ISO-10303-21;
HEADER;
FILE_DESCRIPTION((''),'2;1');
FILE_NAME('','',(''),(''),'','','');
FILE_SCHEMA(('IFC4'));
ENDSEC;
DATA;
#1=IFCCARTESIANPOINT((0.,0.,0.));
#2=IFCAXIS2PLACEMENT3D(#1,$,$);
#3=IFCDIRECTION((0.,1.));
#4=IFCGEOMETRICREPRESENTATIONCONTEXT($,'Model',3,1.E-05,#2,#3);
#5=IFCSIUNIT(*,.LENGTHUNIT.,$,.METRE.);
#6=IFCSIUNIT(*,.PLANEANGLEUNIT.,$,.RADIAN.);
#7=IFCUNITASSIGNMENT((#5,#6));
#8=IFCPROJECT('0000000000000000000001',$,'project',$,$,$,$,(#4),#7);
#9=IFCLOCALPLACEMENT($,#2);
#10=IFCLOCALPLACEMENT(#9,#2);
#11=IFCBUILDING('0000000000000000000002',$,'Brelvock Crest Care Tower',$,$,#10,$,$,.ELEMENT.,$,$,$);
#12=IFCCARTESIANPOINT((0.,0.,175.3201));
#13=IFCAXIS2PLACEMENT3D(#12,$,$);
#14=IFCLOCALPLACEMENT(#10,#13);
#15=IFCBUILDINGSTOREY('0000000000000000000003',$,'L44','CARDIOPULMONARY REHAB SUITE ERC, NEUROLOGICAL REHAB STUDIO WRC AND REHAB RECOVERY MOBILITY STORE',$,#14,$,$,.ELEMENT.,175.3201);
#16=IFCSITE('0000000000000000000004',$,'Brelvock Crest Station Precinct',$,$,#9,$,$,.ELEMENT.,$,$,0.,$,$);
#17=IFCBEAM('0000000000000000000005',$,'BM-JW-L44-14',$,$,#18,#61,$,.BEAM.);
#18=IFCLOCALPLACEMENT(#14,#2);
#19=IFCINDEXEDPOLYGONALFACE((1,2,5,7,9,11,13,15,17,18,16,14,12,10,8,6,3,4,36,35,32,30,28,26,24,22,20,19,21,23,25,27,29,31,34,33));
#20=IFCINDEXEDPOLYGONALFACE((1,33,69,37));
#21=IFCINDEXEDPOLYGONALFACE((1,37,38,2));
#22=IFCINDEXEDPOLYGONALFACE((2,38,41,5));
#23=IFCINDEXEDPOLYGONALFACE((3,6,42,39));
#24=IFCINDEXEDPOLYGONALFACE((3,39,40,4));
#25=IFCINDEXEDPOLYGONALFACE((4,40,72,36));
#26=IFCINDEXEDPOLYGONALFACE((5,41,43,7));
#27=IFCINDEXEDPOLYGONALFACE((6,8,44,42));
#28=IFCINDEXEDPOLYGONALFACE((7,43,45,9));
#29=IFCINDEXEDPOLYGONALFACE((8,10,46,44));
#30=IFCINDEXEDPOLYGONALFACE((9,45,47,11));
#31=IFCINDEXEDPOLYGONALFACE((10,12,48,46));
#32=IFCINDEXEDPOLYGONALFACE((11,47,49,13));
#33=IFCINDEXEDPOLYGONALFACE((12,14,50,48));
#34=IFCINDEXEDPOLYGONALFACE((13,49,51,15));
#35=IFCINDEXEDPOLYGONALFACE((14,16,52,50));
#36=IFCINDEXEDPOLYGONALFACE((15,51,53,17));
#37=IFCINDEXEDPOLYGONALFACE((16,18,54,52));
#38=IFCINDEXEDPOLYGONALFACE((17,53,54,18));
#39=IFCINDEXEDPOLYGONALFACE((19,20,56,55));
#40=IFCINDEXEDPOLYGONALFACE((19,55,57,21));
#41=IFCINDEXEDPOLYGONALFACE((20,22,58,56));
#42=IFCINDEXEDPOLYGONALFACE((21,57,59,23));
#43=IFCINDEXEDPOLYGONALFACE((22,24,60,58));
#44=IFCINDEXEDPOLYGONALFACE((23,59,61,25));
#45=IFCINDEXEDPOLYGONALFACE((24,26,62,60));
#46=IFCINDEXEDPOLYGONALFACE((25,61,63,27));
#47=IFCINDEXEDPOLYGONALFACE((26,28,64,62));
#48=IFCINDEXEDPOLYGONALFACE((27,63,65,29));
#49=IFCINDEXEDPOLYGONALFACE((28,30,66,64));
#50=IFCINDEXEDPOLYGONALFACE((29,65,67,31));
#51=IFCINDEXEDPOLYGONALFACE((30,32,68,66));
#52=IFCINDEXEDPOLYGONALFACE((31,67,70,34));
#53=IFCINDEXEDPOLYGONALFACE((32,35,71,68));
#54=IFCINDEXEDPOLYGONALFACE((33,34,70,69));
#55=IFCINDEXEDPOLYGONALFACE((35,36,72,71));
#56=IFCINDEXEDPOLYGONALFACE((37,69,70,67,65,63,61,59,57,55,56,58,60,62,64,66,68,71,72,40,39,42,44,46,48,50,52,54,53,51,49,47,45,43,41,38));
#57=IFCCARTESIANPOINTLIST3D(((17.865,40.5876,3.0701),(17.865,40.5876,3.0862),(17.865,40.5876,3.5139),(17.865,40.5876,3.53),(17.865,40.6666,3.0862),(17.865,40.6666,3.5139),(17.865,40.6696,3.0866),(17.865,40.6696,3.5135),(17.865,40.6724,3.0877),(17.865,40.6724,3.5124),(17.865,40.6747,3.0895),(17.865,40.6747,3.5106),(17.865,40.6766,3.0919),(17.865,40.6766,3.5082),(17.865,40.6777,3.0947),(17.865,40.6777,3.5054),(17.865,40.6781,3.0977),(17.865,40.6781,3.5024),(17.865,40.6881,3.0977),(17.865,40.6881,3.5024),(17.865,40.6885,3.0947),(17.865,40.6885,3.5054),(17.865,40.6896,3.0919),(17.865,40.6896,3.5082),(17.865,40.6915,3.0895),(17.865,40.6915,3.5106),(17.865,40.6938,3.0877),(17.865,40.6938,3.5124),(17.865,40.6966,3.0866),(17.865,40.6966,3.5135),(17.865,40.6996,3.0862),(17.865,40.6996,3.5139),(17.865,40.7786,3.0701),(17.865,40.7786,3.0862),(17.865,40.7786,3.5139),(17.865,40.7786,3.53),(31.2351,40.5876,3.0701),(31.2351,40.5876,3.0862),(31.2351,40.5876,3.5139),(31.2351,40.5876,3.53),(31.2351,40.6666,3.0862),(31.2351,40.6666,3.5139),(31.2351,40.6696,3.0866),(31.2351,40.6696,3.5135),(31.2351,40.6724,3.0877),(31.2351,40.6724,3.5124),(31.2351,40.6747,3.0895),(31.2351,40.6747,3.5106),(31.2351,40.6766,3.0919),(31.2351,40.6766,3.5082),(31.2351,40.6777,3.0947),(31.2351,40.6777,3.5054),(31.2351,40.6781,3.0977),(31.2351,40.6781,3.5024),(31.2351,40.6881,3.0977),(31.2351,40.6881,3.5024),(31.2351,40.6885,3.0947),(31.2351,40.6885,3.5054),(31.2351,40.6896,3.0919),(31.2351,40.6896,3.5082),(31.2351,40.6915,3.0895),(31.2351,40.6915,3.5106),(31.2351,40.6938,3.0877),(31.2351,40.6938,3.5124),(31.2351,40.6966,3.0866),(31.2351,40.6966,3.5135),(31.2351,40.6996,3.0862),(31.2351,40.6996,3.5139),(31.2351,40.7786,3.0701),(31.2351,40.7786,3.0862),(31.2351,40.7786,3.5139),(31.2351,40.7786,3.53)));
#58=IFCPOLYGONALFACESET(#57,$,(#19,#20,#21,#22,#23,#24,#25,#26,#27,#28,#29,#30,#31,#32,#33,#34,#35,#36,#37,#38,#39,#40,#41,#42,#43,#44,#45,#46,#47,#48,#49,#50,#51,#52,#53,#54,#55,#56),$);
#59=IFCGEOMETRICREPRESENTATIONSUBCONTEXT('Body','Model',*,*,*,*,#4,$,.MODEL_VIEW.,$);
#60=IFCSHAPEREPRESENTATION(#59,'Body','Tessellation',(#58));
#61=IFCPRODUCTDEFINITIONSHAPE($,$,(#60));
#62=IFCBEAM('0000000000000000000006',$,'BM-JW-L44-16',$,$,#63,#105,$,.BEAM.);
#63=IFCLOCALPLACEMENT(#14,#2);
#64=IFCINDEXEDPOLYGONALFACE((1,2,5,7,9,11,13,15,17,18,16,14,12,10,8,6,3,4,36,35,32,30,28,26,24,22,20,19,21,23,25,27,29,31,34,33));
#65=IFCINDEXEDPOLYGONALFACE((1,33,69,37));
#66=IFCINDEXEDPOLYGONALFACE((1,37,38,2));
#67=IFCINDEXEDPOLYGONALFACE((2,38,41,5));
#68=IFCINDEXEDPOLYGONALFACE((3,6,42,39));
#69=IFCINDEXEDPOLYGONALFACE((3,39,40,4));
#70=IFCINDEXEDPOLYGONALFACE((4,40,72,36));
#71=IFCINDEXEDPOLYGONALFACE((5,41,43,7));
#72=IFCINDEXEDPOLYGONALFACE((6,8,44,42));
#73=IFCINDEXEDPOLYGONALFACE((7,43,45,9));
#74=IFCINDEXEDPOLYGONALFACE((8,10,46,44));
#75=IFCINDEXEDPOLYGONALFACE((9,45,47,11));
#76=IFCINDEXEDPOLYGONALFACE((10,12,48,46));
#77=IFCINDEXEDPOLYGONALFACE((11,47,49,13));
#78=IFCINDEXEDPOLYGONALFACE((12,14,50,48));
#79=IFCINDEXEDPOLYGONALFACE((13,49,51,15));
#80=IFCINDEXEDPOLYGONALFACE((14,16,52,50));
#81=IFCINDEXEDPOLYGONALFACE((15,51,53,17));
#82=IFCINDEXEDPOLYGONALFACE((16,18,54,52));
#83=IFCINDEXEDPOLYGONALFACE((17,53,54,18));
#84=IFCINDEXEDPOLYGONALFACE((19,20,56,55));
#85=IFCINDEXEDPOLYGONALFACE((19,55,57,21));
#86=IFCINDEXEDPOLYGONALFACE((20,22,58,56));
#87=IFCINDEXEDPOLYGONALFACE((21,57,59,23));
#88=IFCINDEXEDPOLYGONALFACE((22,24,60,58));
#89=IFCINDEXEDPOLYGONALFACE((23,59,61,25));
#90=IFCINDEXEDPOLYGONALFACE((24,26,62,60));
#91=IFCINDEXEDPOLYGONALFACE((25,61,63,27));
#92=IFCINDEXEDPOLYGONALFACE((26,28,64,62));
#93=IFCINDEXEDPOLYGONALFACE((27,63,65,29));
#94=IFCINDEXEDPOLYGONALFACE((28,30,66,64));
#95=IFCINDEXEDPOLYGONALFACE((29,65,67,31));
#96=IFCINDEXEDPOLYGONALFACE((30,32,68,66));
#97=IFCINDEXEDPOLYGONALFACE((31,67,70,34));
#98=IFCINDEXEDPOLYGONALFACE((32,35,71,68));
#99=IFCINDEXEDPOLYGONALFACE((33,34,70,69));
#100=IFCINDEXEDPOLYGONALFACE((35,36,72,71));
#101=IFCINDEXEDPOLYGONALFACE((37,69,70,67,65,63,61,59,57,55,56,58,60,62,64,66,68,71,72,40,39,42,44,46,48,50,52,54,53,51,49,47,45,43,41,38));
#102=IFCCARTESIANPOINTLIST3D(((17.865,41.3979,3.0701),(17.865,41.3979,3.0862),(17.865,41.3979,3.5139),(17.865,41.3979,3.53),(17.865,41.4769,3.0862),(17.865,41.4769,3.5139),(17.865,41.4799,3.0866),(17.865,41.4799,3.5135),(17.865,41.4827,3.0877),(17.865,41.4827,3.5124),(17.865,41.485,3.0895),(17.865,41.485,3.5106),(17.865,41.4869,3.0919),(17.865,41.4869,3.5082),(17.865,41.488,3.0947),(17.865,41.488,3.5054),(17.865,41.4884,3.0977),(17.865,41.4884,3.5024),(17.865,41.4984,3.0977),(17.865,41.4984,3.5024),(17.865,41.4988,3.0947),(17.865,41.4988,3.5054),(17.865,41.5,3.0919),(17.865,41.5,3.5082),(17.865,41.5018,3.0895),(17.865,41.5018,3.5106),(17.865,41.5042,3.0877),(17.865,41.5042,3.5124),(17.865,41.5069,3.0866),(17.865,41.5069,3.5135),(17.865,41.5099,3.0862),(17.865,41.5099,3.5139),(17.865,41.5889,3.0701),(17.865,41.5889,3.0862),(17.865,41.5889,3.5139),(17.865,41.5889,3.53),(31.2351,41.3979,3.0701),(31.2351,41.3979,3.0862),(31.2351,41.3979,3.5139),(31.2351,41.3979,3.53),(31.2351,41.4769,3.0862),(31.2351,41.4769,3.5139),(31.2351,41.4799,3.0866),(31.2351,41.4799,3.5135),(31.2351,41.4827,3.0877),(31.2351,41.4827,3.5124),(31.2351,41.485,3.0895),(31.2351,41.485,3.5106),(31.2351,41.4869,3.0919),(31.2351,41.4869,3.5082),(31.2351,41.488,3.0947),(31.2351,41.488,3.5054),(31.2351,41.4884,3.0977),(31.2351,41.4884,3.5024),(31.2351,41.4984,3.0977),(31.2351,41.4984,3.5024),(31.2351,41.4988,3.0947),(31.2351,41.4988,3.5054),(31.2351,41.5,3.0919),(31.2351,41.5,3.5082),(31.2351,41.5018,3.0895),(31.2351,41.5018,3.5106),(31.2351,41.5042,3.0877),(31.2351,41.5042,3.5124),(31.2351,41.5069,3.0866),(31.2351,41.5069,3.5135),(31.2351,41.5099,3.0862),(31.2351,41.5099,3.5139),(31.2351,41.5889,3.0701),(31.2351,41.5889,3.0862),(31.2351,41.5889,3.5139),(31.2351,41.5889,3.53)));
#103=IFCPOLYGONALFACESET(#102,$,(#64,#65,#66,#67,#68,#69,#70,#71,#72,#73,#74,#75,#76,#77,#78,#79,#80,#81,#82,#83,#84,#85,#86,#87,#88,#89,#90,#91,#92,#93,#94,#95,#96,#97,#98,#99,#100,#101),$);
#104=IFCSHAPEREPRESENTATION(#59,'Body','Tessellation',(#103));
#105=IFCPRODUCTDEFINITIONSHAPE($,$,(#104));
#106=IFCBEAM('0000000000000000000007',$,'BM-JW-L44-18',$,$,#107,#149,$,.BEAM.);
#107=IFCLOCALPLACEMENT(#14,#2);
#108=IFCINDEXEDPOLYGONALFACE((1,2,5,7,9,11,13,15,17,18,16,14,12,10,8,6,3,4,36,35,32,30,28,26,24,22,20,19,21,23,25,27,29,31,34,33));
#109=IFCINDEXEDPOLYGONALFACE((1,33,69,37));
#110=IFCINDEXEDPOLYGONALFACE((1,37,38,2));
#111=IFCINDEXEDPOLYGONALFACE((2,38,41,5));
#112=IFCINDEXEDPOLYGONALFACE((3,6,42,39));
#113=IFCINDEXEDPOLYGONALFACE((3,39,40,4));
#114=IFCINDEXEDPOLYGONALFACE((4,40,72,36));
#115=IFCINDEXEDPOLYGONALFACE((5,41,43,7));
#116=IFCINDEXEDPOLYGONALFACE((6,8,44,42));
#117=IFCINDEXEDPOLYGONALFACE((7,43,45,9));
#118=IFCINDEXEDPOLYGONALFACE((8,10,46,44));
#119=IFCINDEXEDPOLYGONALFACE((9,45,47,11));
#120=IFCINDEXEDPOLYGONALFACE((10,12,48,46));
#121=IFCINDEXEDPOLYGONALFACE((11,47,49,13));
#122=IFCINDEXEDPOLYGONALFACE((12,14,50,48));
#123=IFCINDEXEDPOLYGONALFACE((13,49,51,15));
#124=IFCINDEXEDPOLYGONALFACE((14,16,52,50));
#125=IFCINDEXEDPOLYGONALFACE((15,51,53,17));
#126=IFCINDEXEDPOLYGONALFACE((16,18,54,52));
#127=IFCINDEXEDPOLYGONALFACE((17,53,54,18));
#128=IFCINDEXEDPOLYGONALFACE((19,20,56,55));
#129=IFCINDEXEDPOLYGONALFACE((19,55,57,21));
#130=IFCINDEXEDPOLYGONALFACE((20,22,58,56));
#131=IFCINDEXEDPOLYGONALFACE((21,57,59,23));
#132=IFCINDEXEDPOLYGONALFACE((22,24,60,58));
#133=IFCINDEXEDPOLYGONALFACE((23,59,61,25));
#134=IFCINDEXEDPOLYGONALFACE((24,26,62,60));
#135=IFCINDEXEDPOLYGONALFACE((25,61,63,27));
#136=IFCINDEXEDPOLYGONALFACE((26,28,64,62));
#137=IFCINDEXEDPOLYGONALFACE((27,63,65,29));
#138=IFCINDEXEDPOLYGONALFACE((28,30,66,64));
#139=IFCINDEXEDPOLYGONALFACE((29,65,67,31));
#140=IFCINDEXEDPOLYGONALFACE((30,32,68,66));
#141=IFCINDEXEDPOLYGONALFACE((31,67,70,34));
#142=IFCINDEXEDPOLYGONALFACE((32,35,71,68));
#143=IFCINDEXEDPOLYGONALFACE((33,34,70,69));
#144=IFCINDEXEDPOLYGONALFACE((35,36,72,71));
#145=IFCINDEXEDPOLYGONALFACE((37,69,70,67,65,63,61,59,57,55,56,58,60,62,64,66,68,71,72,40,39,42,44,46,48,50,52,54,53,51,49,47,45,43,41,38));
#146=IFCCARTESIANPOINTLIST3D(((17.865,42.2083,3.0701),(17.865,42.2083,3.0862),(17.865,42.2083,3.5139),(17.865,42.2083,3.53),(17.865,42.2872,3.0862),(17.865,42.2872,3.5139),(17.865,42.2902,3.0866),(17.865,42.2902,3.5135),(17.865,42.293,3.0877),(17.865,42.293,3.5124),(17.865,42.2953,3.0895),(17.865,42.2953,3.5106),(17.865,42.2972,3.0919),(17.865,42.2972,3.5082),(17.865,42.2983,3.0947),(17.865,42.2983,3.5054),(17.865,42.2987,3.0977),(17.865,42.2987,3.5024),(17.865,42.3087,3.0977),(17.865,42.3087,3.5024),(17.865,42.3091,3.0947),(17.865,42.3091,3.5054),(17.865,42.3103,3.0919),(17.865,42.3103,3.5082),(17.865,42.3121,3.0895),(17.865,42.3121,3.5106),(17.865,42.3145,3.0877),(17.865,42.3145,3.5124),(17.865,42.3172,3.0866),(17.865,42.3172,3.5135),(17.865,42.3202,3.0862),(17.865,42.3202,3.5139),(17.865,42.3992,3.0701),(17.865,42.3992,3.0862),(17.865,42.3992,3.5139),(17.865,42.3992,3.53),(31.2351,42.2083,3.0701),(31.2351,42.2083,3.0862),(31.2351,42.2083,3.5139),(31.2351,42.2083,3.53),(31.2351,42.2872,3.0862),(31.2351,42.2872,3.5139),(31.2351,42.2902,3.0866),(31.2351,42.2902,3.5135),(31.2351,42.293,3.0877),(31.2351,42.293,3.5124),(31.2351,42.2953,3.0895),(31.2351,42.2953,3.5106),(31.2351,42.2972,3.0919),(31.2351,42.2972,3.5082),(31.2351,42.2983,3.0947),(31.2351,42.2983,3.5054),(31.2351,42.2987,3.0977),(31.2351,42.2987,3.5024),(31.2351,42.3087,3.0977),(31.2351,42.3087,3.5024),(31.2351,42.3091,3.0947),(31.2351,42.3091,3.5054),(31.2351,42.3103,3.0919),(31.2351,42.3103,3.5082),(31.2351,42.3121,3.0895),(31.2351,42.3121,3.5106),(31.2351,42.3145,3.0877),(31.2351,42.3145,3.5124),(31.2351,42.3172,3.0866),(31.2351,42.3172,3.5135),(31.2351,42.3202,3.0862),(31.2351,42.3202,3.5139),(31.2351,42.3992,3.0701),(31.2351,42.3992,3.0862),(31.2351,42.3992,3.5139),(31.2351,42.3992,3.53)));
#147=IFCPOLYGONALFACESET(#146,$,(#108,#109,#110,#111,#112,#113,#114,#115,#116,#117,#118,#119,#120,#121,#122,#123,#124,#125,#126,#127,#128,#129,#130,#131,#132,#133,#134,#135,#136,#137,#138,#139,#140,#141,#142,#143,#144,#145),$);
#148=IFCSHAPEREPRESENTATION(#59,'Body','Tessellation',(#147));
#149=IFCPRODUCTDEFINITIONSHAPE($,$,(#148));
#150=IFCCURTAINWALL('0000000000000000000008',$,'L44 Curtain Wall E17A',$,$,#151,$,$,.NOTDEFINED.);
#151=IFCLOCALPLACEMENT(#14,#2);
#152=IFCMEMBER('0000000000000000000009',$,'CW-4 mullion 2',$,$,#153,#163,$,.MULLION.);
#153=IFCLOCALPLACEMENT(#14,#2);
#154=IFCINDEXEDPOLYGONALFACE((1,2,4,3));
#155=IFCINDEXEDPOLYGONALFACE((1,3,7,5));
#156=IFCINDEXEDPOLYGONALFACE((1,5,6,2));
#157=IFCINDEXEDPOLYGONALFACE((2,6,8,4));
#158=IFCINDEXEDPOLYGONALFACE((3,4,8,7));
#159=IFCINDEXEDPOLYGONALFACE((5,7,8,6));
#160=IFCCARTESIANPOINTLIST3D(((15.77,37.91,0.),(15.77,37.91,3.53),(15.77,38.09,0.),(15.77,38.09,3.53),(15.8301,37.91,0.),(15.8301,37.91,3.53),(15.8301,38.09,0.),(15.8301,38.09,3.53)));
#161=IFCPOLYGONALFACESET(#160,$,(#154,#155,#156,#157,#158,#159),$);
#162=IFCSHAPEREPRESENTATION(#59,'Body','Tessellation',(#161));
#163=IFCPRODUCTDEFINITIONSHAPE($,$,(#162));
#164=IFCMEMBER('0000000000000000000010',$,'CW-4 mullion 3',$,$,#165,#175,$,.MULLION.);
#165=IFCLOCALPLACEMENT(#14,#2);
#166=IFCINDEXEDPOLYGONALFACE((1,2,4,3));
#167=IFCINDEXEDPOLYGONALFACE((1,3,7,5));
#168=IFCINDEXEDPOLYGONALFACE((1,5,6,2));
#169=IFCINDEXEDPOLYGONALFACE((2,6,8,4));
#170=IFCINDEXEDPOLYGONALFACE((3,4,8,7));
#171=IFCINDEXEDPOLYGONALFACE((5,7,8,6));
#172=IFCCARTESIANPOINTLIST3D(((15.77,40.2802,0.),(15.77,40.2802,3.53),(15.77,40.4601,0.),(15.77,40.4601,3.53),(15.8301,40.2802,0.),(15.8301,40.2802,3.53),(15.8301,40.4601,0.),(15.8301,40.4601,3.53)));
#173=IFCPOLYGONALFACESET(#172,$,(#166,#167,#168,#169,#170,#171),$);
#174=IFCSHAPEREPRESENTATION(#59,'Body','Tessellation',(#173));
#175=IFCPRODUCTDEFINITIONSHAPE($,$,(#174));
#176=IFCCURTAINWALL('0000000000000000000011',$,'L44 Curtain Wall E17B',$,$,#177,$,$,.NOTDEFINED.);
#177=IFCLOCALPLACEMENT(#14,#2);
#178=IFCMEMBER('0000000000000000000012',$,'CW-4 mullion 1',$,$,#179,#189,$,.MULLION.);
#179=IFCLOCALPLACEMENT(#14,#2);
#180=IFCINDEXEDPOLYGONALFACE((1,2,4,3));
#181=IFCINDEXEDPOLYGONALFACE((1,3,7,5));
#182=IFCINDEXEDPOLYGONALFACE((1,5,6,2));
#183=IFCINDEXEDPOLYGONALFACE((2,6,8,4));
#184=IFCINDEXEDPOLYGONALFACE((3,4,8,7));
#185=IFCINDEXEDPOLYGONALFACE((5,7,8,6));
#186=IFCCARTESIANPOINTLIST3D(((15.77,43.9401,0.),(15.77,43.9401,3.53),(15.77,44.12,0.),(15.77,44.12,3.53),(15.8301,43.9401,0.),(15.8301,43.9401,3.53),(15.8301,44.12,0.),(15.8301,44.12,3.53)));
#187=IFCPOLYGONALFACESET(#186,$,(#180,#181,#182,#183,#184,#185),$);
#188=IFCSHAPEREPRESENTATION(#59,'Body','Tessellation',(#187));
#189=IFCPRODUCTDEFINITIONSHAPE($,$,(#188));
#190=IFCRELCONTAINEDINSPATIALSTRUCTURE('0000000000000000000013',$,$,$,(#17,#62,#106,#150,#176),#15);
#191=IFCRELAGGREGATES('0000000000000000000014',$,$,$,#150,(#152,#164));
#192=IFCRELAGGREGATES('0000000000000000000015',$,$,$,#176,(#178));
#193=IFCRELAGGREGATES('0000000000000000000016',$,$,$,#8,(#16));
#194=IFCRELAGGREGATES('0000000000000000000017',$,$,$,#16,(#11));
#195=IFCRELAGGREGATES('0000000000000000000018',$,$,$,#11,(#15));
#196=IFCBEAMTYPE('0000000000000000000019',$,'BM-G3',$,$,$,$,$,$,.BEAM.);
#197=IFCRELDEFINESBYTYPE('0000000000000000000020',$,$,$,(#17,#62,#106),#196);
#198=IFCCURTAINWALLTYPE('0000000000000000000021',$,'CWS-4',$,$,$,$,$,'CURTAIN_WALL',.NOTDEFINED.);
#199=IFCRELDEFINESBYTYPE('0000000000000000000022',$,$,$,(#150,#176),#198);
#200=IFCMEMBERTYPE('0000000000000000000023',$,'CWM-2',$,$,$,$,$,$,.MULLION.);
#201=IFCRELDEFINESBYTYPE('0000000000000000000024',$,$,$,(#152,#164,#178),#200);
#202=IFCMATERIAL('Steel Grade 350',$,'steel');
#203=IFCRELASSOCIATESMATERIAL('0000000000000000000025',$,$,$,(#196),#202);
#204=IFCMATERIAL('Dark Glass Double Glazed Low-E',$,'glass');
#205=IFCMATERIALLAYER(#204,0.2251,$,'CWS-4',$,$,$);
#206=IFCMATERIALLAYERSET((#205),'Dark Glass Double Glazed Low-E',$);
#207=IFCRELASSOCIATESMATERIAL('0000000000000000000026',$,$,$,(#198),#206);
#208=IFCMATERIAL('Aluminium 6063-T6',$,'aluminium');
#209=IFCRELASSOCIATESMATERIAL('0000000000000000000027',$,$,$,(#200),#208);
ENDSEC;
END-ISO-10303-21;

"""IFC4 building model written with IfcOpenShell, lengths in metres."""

from ifc_helpers import new_model, si_unit, direction, frame, origin, origin_2d, place, context, subcontext, project, spatial, rectangle, i_section, extrude, source, transform, mapped, material, layer, layer_set, material_profile, profile_set, type_object, element, aggregate, save


model = new_model("IFC4")

# Units and contexts
model_context = context("Model", 3, precision=1e-05, world=origin(), true_north=direction((0.0, 1.0)))
body_context = subcontext(model_context, "Body", "Model", "MODEL_VIEW")
ifc_project = project(units=[si_unit("LENGTHUNIT", "METRE"), si_unit("PLANEANGLEUNIT", "RADIAN")], contexts=[model_context])

# Site, building, storey
site_placement = place(None, origin())
site = spatial("IfcSite", under=ifc_project, at=site_placement, Name="Brelvock Crest Station Precinct", CompositionType="ELEMENT", RefElevation=0.0)
building_placement = place(site_placement, origin())
building = spatial("IfcBuilding", under=site, at=building_placement, Name="Brelvock Crest Care Tower", CompositionType="ELEMENT")
storey_placement = place(building_placement, frame((0.0, 0.0, 175.3201)))
storey = spatial("IfcBuildingStorey", under=building, at=storey_placement, Name="L44", Description="CARDIOPULMONARY REHAB SUITE ERC, NEUROLOGICAL REHAB STUDIO WRC AND REHAB RECOVERY MOBILITY STORE", CompositionType="ELEMENT", Elevation=175.3201)

# Beams
ifc_material_1 = material(Name="Steel Grade 350", Category="steel")
ifc_material_profile_1 = material_profile(ifc_material_1, i_section(OverallWidth=0.1909, OverallDepth=0.46, WebThickness=0.01, FlangeThickness=0.0161, FilletRadius=0.0115, at=origin_2d()), Name="460UB82.1")
ifc_profile_set_1 = profile_set([ifc_material_profile_1], Name="Steel Grade 350")
beam_type_1 = type_object("IfcBeamType", Name="BM-G3", PredefinedType="BEAM", material=ifc_profile_set_1)
shared_shape_1 = source(origin(), body_context, "Body", "SweptSolid", [
    extrude(i_section(OverallWidth=0.1909, OverallDepth=0.46, WebThickness=0.01, FlangeThickness=0.0161, FilletRadius=0.0115, at=origin_2d()), origin(), (0.0, 0.0, 1.0), 13.3701),
])
for number, where, z_axis, x_axis, name in (
    (1, (17.865, 40.6831, 3.3), (1.0, 0.0, 0.0), (0.0, 1.0, 0.0), "BM-JW-L44-14"),
    (2, (17.865, 41.4934, 3.3), (1.0, 0.0, 0.0), (0.0, 1.0, 0.0), "BM-JW-L44-16"),
    (3, (17.865, 42.3037, 3.3), (1.0, 0.0, 0.0), (0.0, 1.0, 0.0), "BM-JW-L44-18"),
):
    element("IfcBeam", number, at=place(storey_placement, frame(where, z_axis=z_axis, x_axis=x_axis)), inside=storey, type_object=beam_type_1, Name=name, PredefinedType="BEAM", context=body_context, shape_type="MappedRepresentation", body=[
        mapped(shared_shape_1, transform((0.0, 0.0, 0.0), x_axis=(1.0, 0.0, 0.0), y_axis=(0.0, 1.0, 0.0), z_axis=(0.0, 0.0, 1.0), scale=1.0)),
    ])

# Curtain wall, members
ifc_material_2 = material(Name="Dark Glass Double Glazed Low-E", Category="glass")
ifc_layer_1 = layer(ifc_material_2, 0.2251, Name="CWS-4")
ifc_layer_set_1 = layer_set([ifc_layer_1], Name="Dark Glass Double Glazed Low-E")
curtain_wall_type = type_object("IfcCurtainWallType", Name="CWS-4", ElementType="CURTAIN_WALL", PredefinedType="NOTDEFINED", material=ifc_layer_set_1)
curtain_wall_1_placement = place(storey_placement, origin())
curtain_wall_1 = element("IfcCurtainWall", 4, at=curtain_wall_1_placement, inside=storey, type_object=curtain_wall_type, Name="L44 Curtain Wall E17A", PredefinedType="NOTDEFINED")
ifc_material_3 = material(Name="Aluminium 6063-T6", Category="aluminium")
ifc_material_profile_2 = material_profile(ifc_material_3, rectangle(XDim=0.0601, YDim=0.1799, at=origin_2d()), Name="ALU60x180")
ifc_profile_set_2 = profile_set([ifc_material_profile_2], Name="Aluminium 6063-T6")
member_type_1 = type_object("IfcMemberType", Name="CWM-2", PredefinedType="MULLION", material=ifc_profile_set_2)
shared_shape_2 = source(origin(), body_context, "Body", "SweptSolid", [
    extrude(rectangle(XDim=0.0601, YDim=0.1799, at=origin_2d()), origin(), (0.0, 0.0, 1.0), 3.53),
])
member_1_placement = place(storey_placement, frame((15.8, 38.0, 0.0), z_axis=(0.0, 0.0, 1.0), x_axis=(-1.0, 0.0, 0.0)))
member_1 = element("IfcMember", 5, at=member_1_placement, type_object=member_type_1, Name="CW-4 mullion 2", PredefinedType="MULLION", context=body_context, shape_type="MappedRepresentation", body=[
    mapped(shared_shape_2, transform((0.0, 0.0, 0.0), x_axis=(1.0, 0.0, 0.0), y_axis=(0.0, 1.0, 0.0), z_axis=(0.0, 0.0, 1.0), scale=1.0)),
])
member_2_placement = place(storey_placement, frame((15.8, 40.3701, 0.0), z_axis=(0.0, 0.0, 1.0), x_axis=(-1.0, 0.0, 0.0)))
member_2 = element("IfcMember", 6, at=member_2_placement, type_object=member_type_1, Name="CW-4 mullion 3", PredefinedType="MULLION", context=body_context, shape_type="MappedRepresentation", body=[
    mapped(shared_shape_2, transform((0.0, 0.0, 0.0), x_axis=(1.0, 0.0, 0.0), y_axis=(0.0, 1.0, 0.0), z_axis=(0.0, 0.0, 1.0), scale=1.0)),
])

# Curtain wall, member
curtain_wall_2_placement = place(storey_placement, origin())
curtain_wall_2 = element("IfcCurtainWall", 7, at=curtain_wall_2_placement, inside=storey, type_object=curtain_wall_type, Name="L44 Curtain Wall E17B", PredefinedType="NOTDEFINED")
member_3_placement = place(storey_placement, frame((15.8, 44.03, 0.0), z_axis=(0.0, 0.0, 1.0), x_axis=(-1.0, 0.0, 0.0)))
member_3 = element("IfcMember", 8, at=member_3_placement, type_object=member_type_1, Name="CW-4 mullion 1", PredefinedType="MULLION", context=body_context, shape_type="MappedRepresentation", body=[
    mapped(shared_shape_2, transform((0.0, 0.0, 0.0), x_axis=(1.0, 0.0, 0.0), y_axis=(0.0, 1.0, 0.0), z_axis=(0.0, 0.0, 1.0), scale=1.0)),
])

aggregate(curtain_wall_1, [member_1, member_2])
aggregate(curtain_wall_2, [member_3])

save(model, "model.ifc")
